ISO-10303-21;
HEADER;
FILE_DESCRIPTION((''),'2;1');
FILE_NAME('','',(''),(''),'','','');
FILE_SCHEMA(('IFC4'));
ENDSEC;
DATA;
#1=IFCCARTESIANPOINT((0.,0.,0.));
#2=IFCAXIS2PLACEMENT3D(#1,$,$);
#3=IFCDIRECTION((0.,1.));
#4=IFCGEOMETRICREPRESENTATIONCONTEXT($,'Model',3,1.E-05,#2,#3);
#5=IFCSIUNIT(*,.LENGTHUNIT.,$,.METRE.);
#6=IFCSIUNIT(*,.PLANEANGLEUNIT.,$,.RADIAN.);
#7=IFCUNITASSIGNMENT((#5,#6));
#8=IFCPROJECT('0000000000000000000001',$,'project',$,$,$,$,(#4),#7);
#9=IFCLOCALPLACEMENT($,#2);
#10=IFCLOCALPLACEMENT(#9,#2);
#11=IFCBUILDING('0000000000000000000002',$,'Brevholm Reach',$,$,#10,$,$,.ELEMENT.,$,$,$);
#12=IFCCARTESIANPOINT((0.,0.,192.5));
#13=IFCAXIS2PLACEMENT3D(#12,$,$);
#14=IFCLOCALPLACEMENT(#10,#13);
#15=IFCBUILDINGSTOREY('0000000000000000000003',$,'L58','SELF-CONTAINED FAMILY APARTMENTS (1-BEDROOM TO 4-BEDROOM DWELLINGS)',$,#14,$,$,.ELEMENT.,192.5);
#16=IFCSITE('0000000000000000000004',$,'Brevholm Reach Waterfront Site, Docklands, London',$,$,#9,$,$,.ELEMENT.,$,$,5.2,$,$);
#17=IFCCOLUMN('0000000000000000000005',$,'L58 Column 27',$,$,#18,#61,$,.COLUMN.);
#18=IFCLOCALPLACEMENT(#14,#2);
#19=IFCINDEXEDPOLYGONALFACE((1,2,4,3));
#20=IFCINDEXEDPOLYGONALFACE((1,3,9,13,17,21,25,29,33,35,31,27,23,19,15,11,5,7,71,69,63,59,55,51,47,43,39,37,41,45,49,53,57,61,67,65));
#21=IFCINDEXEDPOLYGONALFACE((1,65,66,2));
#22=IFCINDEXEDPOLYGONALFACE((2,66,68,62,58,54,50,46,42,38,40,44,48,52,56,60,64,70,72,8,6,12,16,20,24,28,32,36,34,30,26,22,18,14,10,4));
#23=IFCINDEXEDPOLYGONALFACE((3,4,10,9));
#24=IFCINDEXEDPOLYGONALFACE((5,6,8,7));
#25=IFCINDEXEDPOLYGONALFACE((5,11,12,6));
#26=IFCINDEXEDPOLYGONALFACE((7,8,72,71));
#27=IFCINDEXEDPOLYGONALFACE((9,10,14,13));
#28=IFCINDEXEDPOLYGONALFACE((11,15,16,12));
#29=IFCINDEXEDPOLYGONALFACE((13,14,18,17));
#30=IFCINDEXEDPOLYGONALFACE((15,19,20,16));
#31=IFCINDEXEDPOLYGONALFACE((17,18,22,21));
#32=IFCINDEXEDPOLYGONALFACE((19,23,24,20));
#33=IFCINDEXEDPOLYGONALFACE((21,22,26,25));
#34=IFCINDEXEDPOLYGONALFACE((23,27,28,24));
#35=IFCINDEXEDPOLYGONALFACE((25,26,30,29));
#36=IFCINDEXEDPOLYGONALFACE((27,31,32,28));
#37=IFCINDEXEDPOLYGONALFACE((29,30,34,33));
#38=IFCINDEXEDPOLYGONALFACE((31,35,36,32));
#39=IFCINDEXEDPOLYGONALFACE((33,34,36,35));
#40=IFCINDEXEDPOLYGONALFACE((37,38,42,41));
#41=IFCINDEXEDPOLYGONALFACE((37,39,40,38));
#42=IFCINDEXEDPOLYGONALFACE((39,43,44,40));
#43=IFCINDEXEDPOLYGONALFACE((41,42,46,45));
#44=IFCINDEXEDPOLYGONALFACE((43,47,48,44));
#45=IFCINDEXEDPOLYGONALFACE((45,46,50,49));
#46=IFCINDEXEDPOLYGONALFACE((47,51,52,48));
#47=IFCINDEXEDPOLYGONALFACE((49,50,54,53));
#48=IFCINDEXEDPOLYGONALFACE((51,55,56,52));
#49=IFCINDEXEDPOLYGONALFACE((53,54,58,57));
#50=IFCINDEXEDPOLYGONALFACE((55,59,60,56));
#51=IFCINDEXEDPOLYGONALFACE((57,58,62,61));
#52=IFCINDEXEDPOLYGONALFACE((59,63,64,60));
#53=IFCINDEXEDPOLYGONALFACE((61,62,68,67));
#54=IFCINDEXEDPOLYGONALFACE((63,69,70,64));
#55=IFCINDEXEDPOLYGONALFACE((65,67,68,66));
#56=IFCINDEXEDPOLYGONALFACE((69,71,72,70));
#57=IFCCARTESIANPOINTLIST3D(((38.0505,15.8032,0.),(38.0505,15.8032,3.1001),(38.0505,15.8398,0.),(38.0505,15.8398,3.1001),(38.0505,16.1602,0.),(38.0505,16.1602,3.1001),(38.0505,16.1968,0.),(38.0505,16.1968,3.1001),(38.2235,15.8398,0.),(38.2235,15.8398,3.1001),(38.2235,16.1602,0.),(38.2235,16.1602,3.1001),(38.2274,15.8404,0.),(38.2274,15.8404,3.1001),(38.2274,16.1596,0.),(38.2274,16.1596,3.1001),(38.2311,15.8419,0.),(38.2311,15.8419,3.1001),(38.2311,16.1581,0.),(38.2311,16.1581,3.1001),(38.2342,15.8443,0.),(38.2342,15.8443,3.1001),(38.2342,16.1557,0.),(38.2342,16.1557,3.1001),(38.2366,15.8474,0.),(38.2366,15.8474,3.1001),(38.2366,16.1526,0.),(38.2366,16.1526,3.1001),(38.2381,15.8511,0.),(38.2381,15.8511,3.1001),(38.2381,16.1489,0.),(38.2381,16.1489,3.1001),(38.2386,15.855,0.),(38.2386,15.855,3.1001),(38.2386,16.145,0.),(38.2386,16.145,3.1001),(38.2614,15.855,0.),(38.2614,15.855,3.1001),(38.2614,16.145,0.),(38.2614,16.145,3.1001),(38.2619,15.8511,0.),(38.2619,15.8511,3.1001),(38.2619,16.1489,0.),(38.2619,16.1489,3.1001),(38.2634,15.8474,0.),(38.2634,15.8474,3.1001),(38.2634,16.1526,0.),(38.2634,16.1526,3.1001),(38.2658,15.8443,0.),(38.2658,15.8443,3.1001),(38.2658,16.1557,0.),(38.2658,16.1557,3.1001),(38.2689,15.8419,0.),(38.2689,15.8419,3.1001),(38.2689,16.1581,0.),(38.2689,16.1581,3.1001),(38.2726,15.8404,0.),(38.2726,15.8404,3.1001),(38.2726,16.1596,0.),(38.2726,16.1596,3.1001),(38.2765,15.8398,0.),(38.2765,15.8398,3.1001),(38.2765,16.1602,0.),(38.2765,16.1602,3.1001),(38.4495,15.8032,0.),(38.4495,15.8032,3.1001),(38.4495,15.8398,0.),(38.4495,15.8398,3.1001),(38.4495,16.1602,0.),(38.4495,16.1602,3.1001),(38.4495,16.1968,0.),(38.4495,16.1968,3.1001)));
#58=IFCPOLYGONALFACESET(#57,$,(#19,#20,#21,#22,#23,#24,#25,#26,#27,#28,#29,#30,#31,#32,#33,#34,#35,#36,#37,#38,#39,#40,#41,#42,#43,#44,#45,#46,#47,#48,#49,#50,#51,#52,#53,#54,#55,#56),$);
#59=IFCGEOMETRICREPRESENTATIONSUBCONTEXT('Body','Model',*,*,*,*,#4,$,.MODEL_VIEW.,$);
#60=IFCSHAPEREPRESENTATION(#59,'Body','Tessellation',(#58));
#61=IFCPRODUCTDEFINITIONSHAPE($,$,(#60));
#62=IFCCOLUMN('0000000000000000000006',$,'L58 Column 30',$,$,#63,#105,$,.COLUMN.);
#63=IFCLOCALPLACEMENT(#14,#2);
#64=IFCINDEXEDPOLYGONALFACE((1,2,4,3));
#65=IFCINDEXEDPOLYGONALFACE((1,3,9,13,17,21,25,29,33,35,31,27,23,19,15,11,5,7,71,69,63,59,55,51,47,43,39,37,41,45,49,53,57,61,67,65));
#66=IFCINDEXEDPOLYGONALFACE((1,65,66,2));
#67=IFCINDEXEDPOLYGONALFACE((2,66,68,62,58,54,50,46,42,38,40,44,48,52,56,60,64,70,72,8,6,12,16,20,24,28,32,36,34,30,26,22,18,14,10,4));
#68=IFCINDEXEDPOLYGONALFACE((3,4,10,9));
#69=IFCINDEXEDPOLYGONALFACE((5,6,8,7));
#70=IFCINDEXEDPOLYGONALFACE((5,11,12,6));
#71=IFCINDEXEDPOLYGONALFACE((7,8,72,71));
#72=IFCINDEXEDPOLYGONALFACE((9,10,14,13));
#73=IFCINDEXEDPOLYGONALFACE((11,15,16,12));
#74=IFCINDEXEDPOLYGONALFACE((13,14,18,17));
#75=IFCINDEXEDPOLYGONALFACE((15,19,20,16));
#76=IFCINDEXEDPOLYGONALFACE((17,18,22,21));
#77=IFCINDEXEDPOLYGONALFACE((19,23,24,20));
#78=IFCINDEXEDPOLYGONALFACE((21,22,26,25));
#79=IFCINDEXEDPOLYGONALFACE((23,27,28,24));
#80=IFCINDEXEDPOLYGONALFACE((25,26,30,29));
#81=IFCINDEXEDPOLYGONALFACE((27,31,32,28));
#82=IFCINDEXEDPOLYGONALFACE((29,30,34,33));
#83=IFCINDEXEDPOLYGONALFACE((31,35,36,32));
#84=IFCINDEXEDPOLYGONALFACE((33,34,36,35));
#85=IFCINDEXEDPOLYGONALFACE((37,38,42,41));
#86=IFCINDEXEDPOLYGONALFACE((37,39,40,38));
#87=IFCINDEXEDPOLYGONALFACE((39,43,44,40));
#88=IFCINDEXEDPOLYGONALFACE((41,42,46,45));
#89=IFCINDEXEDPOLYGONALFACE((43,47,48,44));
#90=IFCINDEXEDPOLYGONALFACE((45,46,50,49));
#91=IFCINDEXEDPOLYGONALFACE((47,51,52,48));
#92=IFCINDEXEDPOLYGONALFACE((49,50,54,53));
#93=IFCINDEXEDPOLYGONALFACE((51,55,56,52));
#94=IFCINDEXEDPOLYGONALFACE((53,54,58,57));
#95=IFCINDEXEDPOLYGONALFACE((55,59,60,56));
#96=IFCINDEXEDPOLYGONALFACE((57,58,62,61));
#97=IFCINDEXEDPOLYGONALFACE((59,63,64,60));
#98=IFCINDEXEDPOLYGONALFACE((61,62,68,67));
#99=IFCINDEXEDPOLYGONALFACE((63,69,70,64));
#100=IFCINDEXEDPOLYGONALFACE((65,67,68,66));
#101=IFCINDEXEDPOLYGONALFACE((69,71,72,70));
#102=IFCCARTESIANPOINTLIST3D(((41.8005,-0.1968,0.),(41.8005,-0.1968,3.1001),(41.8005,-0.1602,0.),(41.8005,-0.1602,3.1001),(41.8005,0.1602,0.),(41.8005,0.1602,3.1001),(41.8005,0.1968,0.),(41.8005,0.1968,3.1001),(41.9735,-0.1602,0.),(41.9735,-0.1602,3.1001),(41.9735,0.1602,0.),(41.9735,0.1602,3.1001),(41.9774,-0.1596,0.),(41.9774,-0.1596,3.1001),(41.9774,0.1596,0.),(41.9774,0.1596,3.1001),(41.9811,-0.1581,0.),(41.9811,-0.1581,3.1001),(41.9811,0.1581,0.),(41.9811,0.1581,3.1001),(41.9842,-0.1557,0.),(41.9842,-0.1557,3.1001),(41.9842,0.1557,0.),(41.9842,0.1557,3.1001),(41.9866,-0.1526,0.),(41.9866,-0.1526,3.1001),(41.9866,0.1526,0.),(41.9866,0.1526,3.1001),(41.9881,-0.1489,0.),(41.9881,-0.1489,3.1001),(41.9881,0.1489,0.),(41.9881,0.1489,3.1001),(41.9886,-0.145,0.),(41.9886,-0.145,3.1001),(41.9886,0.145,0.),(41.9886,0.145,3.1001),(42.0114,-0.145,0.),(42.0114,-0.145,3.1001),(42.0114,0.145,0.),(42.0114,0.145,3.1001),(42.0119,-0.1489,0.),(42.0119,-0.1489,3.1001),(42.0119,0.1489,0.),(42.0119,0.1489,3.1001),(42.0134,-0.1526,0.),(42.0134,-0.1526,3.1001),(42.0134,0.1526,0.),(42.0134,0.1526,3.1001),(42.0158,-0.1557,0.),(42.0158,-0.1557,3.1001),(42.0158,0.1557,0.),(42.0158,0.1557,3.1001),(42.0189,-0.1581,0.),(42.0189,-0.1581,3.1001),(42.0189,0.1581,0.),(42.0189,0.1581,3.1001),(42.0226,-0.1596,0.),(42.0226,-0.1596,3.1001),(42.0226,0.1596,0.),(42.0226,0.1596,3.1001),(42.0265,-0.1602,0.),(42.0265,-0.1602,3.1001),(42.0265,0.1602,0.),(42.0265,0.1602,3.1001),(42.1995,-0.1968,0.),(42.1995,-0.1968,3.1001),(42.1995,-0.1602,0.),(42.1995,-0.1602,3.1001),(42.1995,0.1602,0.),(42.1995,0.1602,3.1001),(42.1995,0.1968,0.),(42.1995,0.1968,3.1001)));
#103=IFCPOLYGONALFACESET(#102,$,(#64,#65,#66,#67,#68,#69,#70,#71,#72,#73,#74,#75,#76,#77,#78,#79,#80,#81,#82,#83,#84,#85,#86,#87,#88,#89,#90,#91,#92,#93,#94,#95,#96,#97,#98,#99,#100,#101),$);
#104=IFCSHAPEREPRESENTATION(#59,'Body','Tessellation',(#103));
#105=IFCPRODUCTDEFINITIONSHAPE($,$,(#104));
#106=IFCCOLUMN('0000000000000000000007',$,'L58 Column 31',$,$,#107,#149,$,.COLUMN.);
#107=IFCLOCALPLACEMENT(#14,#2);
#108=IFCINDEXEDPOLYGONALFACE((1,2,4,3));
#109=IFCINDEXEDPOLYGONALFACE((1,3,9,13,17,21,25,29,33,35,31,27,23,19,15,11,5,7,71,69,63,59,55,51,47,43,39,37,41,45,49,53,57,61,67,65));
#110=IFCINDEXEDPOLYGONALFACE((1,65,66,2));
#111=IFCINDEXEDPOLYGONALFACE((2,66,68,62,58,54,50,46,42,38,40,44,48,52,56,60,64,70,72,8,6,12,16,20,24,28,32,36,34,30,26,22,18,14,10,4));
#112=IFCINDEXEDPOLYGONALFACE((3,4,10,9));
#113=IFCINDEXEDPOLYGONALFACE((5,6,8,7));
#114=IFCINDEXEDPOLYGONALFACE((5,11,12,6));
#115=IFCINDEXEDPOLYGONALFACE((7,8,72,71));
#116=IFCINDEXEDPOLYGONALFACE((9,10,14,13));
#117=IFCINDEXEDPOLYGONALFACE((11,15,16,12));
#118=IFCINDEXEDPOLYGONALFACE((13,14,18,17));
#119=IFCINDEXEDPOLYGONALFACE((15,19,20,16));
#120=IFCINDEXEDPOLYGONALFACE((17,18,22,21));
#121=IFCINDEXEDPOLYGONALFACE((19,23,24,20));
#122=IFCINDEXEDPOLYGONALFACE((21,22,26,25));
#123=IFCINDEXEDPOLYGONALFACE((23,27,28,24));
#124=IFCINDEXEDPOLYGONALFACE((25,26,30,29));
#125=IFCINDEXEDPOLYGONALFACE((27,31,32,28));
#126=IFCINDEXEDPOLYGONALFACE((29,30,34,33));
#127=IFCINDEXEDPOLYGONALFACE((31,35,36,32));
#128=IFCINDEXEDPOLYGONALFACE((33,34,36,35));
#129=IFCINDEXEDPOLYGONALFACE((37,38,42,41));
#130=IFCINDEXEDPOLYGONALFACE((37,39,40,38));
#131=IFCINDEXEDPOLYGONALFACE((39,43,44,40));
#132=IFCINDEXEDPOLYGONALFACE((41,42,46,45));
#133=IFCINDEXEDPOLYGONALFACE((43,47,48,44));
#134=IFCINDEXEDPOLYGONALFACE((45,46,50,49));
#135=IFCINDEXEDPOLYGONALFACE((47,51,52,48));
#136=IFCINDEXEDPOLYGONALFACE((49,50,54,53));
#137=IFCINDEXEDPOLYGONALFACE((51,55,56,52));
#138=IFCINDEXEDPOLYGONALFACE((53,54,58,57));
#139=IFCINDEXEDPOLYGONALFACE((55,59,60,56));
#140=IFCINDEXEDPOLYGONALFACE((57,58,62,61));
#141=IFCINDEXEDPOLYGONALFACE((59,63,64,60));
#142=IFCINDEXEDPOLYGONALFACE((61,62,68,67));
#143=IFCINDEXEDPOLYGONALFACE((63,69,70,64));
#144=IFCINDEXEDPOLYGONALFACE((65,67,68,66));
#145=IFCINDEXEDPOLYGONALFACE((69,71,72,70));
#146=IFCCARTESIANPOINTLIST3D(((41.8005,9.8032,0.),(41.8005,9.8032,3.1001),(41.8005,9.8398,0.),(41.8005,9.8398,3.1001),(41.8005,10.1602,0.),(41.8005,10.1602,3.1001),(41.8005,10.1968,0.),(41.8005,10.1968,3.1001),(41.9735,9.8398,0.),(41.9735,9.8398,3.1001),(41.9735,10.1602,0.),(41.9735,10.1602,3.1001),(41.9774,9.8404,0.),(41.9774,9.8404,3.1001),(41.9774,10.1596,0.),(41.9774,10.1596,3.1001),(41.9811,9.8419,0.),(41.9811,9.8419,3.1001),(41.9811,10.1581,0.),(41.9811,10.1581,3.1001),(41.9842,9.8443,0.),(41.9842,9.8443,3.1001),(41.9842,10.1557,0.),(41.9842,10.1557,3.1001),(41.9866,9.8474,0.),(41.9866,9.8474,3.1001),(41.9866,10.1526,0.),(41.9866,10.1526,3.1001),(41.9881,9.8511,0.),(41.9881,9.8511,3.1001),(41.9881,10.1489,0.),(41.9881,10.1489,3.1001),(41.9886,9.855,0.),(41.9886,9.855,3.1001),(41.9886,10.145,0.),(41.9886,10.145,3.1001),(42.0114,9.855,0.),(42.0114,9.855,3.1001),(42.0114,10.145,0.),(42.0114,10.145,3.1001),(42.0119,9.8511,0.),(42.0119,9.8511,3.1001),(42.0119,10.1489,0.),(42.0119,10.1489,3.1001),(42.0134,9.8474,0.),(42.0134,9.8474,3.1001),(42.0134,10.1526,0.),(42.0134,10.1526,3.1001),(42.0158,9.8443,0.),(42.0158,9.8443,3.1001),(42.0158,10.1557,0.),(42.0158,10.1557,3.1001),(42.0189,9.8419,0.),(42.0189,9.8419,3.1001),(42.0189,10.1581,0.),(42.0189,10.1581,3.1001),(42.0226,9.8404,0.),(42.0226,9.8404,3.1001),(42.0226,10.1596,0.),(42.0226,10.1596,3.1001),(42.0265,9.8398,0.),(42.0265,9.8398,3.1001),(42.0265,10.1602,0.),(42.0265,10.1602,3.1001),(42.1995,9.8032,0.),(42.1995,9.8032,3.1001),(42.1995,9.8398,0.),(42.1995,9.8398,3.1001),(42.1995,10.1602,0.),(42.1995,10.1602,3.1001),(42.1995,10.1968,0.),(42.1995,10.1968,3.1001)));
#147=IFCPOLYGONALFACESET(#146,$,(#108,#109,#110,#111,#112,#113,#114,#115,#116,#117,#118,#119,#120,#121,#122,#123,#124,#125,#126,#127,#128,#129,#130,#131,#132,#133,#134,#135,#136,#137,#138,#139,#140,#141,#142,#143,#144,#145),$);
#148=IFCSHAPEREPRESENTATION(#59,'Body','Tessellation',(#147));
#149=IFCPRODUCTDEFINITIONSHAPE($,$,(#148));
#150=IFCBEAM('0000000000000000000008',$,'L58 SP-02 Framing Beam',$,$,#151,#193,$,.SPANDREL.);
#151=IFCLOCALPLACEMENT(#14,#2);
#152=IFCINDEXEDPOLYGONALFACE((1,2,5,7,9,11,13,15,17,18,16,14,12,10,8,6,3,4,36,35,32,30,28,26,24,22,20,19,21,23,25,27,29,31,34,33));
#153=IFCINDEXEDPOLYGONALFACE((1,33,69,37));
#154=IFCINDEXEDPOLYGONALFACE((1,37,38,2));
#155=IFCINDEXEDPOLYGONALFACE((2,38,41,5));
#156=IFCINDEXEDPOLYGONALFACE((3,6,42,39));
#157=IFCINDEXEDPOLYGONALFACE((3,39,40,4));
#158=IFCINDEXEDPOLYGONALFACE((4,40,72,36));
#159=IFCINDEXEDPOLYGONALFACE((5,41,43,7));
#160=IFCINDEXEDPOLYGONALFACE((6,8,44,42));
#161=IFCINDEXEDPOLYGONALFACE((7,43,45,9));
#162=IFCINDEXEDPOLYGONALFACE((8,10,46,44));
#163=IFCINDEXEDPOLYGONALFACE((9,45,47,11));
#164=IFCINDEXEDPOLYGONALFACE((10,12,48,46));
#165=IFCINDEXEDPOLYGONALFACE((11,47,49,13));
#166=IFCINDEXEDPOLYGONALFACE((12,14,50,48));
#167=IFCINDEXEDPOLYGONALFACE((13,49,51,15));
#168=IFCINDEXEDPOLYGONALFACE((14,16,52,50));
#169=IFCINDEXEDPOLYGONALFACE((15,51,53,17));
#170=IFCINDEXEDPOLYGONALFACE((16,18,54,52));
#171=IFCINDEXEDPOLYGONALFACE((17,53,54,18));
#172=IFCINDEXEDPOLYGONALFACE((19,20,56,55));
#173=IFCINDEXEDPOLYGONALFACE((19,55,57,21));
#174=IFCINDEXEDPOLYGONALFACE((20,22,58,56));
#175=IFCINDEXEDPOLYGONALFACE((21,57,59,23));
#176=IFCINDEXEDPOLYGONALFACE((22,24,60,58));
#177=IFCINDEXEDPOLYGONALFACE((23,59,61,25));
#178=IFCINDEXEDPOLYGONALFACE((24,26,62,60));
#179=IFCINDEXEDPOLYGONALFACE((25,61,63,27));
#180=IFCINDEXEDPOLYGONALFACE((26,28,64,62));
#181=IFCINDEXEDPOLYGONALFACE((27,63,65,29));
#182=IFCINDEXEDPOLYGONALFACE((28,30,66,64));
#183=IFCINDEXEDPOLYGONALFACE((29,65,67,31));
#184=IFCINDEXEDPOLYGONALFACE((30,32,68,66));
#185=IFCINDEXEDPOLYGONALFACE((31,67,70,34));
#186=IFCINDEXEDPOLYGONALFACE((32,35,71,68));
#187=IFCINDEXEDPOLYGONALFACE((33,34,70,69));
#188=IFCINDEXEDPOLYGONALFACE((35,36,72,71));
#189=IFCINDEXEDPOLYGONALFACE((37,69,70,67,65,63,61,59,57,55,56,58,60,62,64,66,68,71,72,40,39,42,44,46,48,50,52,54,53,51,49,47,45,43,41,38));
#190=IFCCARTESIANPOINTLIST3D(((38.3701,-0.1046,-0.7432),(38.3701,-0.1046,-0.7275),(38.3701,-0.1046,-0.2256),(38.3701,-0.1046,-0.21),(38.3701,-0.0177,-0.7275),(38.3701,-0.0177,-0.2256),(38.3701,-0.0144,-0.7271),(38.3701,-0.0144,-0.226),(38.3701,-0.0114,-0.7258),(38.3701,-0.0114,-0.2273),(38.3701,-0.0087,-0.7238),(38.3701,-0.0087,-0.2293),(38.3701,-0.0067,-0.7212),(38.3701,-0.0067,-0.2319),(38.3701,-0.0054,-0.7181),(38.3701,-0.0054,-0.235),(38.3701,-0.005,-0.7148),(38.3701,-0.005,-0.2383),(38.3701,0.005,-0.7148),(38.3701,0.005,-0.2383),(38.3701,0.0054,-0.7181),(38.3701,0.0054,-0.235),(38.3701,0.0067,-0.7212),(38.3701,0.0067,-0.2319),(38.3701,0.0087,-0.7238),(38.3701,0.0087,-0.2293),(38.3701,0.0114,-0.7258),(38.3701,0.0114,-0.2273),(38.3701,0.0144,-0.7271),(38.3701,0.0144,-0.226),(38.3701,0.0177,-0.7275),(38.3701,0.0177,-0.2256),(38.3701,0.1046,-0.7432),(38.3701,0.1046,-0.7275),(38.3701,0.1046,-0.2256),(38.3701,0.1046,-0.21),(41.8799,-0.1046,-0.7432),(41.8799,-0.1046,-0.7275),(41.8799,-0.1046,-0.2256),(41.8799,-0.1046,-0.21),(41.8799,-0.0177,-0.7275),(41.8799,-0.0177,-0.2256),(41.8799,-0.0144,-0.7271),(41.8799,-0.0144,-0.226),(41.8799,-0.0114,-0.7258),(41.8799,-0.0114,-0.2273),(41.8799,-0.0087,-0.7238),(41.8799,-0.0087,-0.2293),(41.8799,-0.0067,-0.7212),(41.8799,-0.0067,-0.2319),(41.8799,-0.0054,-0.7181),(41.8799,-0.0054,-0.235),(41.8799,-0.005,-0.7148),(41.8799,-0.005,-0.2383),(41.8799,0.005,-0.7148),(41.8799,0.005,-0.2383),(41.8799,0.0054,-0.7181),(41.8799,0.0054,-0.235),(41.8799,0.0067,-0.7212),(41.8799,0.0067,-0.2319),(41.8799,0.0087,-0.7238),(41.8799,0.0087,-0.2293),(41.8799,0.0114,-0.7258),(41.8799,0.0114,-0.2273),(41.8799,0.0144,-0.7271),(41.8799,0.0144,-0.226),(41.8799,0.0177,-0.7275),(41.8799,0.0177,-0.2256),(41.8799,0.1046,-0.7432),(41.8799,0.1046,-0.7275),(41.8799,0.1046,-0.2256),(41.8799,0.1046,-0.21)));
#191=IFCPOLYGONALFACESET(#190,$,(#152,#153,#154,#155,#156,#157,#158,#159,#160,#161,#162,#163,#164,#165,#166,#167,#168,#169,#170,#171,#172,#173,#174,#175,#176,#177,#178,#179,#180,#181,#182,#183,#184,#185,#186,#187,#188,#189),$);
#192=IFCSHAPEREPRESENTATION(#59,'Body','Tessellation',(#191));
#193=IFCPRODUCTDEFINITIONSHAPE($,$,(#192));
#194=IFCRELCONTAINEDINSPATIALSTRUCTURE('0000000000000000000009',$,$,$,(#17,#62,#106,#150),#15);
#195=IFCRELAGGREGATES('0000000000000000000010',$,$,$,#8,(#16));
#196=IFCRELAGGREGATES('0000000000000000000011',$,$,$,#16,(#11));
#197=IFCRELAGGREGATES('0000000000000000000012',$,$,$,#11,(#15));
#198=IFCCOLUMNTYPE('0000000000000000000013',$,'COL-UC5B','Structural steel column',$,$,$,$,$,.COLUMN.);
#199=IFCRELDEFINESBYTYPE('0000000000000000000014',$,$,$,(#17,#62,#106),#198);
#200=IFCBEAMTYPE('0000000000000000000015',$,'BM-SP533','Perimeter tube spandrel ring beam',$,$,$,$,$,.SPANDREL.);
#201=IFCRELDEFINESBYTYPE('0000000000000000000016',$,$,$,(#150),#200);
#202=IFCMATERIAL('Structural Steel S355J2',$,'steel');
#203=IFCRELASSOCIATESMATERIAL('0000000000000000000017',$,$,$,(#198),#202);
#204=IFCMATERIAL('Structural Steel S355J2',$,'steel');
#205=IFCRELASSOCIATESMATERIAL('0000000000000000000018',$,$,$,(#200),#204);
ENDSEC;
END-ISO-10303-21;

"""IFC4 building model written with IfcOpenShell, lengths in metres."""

from ifc_helpers import new_model, si_unit, direction, frame, origin, origin_2d, place, context, subcontext, project, spatial, i_section, extrude, material, material_profile, profile_set, type_object, element, save


model = new_model("IFC4")

# Units and contexts
model_context = context("Model", 3, precision=1e-05, world=origin(), true_north=direction((0.0, 1.0)))
body_context = subcontext(model_context, "Body", "Model", "MODEL_VIEW")
ifc_project = project(units=[si_unit("LENGTHUNIT", "METRE"), si_unit("PLANEANGLEUNIT", "RADIAN")], contexts=[model_context])

# Site, building, storey
site_placement = place(None, origin())
site = spatial("IfcSite", under=ifc_project, at=site_placement, Name="Brevholm Reach Waterfront Site, Docklands, London", CompositionType="ELEMENT", RefElevation=5.2)
building_placement = place(site_placement, origin())
building = spatial("IfcBuilding", under=site, at=building_placement, Name="Brevholm Reach", CompositionType="ELEMENT")
storey_placement = place(building_placement, frame((0.0, 0.0, 192.5)))
storey = spatial("IfcBuildingStorey", under=building, at=storey_placement, Name="L58", Description="SELF-CONTAINED FAMILY APARTMENTS (1-BEDROOM TO 4-BEDROOM DWELLINGS)", CompositionType="ELEMENT", Elevation=192.5)

# Columns
ifc_material_1 = material(Name="Structural Steel S355J2", Category="steel")
ifc_material_profile_1 = material_profile(ifc_material_1, i_section(OverallWidth=0.3989, OverallDepth=0.3936, WebThickness=0.0227, FlangeThickness=0.0366, FilletRadius=0.0151, at=origin_2d()), Name="UKC 356x406x287")
ifc_profile_set_1 = profile_set([ifc_material_profile_1], Name="Structural Steel S355J2")
column_type = type_object("IfcColumnType", Name="COL-UC5B", Description="Structural steel column", PredefinedType="COLUMN", material=ifc_profile_set_1)
for number, where, z_axis, x_axis, name in (
    (1, (38.25, 16.0, 0.0), (0.0, 0.0, 1.0), (1.0, 0.0, 0.0), "L58 Column 27"),
    (2, (42.0, 0.0, 0.0), (0.0, 0.0, 1.0), (1.0, 0.0, 0.0), "L58 Column 30"),
    (3, (42.0, 10.0, 0.0), (0.0, 0.0, 1.0), (1.0, 0.0, 0.0), "L58 Column 31"),
):
    element("IfcColumn", number, at=place(storey_placement, frame(where, z_axis=z_axis, x_axis=x_axis)), inside=storey, type_object=column_type, Name=name, PredefinedType="COLUMN", context=body_context, shape_type="SweptSolid", body=[
        extrude(i_section(OverallWidth=0.3989, OverallDepth=0.3936, WebThickness=0.0227, FlangeThickness=0.0366, FilletRadius=0.0151, at=origin_2d()), origin(), (0.0, 0.0, 1.0), 3.1001),
    ])

# Beam
ifc_material_2 = material(Name="Structural Steel S355J2", Category="steel")
ifc_material_profile_2 = material_profile(ifc_material_2, i_section(OverallWidth=0.2092, OverallDepth=0.5332, WebThickness=0.01, FlangeThickness=0.0156, FilletRadius=0.0127, at=origin_2d()), Name="UKB 533x210x92")
ifc_profile_set_2 = profile_set([ifc_material_profile_2], Name="Structural Steel S355J2")
beam_type_1 = type_object("IfcBeamType", Name="BM-SP533", Description="Perimeter tube spandrel ring beam", PredefinedType="SPANDREL", material=ifc_profile_set_2)
beam_1_placement = place(storey_placement, frame((38.3701, 0.0, -0.4766), z_axis=(1.0, 0.0, 0.0), x_axis=(0.0, 1.0, 0.0)))
element("IfcBeam", 4, at=beam_1_placement, inside=storey, type_object=beam_type_1, Name="L58 SP-02 Framing Beam", PredefinedType="SPANDREL", context=body_context, shape_type="SweptSolid", body=[
    extrude(i_section(OverallWidth=0.2092, OverallDepth=0.5332, WebThickness=0.01, FlangeThickness=0.0156, FilletRadius=0.0127, at=origin_2d()), origin(), (0.0, 0.0, 1.0), 3.5098),
])

save(model, "model.ifc")
